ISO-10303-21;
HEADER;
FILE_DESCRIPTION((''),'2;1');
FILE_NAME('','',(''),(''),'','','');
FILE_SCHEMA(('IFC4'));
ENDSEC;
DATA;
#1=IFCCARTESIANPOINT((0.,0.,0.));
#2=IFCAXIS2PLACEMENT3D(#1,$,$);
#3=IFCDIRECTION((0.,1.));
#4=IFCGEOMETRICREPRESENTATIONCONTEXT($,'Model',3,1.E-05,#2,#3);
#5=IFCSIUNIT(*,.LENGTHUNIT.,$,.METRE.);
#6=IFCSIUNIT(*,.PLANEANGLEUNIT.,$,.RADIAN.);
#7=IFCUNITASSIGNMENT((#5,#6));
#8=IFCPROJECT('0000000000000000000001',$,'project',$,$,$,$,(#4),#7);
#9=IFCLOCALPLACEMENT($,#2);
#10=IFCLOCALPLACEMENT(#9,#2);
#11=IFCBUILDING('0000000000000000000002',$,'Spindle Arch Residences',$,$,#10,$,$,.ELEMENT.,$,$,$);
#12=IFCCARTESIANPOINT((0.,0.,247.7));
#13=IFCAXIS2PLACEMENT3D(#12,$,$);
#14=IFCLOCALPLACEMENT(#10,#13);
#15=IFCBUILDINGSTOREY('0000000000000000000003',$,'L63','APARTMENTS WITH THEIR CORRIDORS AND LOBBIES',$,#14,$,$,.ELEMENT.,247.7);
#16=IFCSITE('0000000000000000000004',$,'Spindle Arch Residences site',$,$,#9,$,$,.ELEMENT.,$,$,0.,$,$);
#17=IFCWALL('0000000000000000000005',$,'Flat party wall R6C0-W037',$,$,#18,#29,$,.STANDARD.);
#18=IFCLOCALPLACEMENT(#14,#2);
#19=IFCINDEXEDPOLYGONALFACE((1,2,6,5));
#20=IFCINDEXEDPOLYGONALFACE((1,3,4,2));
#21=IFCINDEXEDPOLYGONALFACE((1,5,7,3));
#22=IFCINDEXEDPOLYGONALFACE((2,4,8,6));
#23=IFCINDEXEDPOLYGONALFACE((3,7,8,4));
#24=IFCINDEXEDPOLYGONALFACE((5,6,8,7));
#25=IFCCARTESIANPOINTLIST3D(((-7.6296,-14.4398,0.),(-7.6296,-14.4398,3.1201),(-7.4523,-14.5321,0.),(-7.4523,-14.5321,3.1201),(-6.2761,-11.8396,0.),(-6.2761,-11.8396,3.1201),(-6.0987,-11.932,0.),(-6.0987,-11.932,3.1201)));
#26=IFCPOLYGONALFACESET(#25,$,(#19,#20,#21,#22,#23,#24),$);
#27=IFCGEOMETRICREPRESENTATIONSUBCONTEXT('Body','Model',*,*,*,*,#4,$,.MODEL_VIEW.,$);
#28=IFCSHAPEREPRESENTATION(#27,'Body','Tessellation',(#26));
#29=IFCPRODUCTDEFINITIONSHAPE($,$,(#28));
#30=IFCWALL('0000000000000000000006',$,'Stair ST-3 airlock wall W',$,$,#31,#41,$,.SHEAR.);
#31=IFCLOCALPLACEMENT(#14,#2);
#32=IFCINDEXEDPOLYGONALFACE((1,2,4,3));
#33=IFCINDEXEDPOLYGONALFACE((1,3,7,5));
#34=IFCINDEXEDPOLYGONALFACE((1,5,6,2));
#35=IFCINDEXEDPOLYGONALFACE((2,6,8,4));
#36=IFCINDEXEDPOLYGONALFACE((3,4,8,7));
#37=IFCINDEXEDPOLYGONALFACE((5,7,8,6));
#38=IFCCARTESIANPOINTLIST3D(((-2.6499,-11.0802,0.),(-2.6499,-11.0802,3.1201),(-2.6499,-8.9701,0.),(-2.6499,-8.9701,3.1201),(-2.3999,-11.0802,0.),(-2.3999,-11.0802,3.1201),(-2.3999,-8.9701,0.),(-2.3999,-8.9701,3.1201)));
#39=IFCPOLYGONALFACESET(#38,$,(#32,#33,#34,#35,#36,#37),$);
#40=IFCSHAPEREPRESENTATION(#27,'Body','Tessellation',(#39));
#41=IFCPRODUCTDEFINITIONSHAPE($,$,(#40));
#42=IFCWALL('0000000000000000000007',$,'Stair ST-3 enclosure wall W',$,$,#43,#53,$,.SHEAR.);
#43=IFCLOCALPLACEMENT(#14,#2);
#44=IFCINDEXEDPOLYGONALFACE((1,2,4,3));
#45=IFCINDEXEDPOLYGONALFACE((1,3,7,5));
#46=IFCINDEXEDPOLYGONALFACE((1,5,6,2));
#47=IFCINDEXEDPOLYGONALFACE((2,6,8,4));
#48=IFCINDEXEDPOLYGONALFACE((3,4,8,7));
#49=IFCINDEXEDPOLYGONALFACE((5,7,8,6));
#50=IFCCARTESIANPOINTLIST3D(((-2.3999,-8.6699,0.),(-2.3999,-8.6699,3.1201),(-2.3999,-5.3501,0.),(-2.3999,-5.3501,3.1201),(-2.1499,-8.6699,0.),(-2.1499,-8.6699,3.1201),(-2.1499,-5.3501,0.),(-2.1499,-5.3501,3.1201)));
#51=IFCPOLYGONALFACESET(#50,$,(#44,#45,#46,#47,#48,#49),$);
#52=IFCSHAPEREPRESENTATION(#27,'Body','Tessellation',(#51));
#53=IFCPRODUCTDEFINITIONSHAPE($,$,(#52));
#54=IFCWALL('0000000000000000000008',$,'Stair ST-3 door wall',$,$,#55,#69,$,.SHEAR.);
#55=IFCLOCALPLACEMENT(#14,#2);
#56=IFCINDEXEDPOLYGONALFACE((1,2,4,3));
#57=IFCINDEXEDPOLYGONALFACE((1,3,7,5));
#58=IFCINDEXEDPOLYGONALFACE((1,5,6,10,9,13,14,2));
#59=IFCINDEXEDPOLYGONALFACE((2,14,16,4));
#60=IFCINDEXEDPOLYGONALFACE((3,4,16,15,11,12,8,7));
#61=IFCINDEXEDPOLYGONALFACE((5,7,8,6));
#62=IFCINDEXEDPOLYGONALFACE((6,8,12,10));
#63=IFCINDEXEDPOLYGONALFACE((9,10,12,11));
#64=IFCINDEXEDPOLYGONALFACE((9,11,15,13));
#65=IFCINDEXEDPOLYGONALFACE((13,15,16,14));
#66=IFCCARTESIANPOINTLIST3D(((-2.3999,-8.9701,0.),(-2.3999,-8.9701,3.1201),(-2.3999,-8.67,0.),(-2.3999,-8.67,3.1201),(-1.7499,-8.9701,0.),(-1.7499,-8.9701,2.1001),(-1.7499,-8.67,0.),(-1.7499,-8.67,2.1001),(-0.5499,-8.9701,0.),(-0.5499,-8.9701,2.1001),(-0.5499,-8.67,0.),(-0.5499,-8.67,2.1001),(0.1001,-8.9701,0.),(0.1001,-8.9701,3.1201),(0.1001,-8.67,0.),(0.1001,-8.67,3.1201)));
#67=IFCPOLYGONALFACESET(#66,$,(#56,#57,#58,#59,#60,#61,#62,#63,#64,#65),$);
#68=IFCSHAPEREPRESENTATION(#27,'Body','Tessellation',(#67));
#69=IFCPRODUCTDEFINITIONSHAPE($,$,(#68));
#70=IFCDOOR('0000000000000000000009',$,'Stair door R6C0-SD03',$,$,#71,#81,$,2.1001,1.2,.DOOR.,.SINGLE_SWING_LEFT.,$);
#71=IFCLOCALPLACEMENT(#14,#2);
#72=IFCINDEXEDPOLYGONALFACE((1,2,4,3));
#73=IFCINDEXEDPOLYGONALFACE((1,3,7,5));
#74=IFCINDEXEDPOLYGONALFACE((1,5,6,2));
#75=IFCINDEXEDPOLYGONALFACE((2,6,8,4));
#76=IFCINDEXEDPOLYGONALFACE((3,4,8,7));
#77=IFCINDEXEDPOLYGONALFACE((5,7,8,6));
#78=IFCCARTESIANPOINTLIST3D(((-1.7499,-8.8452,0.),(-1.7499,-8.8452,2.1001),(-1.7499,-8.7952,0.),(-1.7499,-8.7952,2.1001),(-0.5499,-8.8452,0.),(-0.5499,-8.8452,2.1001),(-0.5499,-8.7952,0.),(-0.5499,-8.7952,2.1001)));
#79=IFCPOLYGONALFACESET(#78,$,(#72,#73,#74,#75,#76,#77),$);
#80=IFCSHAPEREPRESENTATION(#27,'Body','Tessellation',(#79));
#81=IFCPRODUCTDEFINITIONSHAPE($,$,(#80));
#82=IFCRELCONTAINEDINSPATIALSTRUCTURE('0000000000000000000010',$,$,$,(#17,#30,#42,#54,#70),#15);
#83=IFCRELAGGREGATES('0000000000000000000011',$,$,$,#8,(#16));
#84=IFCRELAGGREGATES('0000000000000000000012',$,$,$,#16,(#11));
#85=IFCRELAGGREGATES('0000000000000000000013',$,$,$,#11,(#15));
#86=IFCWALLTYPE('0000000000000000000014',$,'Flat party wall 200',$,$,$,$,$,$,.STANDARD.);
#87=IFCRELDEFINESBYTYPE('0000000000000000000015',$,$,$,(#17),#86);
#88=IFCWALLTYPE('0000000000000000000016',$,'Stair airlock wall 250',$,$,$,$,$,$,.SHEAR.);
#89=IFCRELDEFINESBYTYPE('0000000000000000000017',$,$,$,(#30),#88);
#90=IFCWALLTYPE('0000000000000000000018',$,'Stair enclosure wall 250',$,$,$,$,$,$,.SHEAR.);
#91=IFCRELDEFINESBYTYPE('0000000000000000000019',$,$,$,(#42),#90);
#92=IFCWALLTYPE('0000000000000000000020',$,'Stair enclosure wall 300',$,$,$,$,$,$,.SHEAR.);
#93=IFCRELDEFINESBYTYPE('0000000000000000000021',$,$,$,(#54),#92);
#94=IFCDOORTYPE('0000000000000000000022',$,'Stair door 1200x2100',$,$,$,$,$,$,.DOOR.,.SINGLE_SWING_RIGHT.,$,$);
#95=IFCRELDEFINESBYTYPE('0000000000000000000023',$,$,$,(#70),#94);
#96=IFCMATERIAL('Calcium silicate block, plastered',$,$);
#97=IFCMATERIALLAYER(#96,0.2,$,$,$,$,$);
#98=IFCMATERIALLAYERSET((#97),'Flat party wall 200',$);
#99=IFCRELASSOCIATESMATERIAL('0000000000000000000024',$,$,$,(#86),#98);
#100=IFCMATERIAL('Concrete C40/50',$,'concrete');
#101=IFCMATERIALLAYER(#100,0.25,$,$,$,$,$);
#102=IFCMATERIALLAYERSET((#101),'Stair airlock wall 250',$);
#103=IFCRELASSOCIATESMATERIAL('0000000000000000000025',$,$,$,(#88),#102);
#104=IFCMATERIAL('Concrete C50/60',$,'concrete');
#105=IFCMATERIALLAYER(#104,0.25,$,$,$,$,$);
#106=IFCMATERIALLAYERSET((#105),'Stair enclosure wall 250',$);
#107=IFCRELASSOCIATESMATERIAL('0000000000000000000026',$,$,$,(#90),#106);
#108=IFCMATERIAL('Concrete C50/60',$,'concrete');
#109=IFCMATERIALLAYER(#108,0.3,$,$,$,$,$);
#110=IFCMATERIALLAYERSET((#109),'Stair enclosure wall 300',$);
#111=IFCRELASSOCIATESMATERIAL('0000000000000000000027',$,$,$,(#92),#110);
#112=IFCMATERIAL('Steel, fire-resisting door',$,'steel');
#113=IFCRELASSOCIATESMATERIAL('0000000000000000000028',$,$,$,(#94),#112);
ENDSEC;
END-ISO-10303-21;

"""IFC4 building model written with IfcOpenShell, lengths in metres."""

from ifc_helpers import new_model, si_unit, direction, frame, frame_2d, origin, place, context, subcontext, project, spatial, rectangle, extrude, material, layer, layer_set, type_object, element, fill, save


model = new_model("IFC4")

# Units and contexts
model_context = context("Model", 3, precision=1e-05, world=origin(), true_north=direction((0.0, 1.0)))
body_context = subcontext(model_context, "Body", "Model", "MODEL_VIEW")
ifc_project = project(units=[si_unit("LENGTHUNIT", "METRE"), si_unit("PLANEANGLEUNIT", "RADIAN")], contexts=[model_context])

# Site, building, storey
site_placement = place(None, origin())
site = spatial("IfcSite", under=ifc_project, at=site_placement, Name="Spindle Arch Residences site", CompositionType="ELEMENT", RefElevation=0.0)
building_placement = place(site_placement, origin())
building = spatial("IfcBuilding", under=site, at=building_placement, Name="Spindle Arch Residences", CompositionType="ELEMENT")
storey_placement = place(building_placement, frame((0.0, 0.0, 247.7)))
storey = spatial("IfcBuildingStorey", under=building, at=storey_placement, Name="L63", Description="APARTMENTS WITH THEIR CORRIDORS AND LOBBIES", CompositionType="ELEMENT", Elevation=247.7)

# Walls
ifc_material_1 = material(Name="Calcium silicate block, plastered")
ifc_layer_1 = layer(ifc_material_1, 0.2)
ifc_layer_set_1 = layer_set([ifc_layer_1], Name="Flat party wall 200")
wall_type_1 = type_object("IfcWallType", Name="Flat party wall 200", PredefinedType="STANDARD", material=ifc_layer_set_1)
wall_1_placement = place(storey_placement, frame((-7.541, -14.4861, 0.0), z_axis=(0.0, 0.0, 1.0), x_axis=(0.461746, 0.887012, 0.0)))
element("IfcWall", 1, at=wall_1_placement, inside=storey, type_object=wall_type_1, Name="Flat party wall R6C0-W037", PredefinedType="STANDARD", context=body_context, shape_type="SweptSolid", body=[
    extrude(rectangle(XDim=2.9314, YDim=0.2, at=frame_2d((1.4658, 0.0))), origin(), (0.0, 0.0, 1.0), 3.1201),
])
ifc_material_2 = material(Name="Concrete C40/50", Category="concrete")
ifc_layer_2 = layer(ifc_material_2, 0.25)
ifc_layer_set_2 = layer_set([ifc_layer_2], Name="Stair airlock wall 250")
wall_type_2 = type_object("IfcWallType", Name="Stair airlock wall 250", PredefinedType="SHEAR", material=ifc_layer_set_2)
wall_2_placement = place(storey_placement, frame((-2.5249, -8.97, 0.0), z_axis=(0.0, 0.0, 1.0), x_axis=(0.0, -1.0, 0.0)))
element("IfcWall", 2, at=wall_2_placement, inside=storey, type_object=wall_type_2, Name="Stair ST-3 airlock wall W", PredefinedType="SHEAR", context=body_context, shape_type="SweptSolid", body=[
    extrude(rectangle(XDim=2.1101, YDim=0.25, at=frame_2d((1.0552, 0.0))), origin(), (0.0, 0.0, 1.0), 3.1201),
])
ifc_material_3 = material(Name="Concrete C50/60", Category="concrete")
ifc_layer_3 = layer(ifc_material_3, 0.25)
ifc_layer_set_3 = layer_set([ifc_layer_3], Name="Stair enclosure wall 250")
wall_type_3 = type_object("IfcWallType", Name="Stair enclosure wall 250", PredefinedType="SHEAR", material=ifc_layer_set_3)
wall_3_placement = place(storey_placement, frame((-2.2749, -8.6699, 0.0), z_axis=(0.0, 0.0, 1.0), x_axis=(0.0, 1.0, 0.0)))
element("IfcWall", 3, at=wall_3_placement, inside=storey, type_object=wall_type_3, Name="Stair ST-3 enclosure wall W", PredefinedType="SHEAR", context=body_context, shape_type="SweptSolid", body=[
    extrude(rectangle(XDim=3.3198, YDim=0.25, at=frame_2d((1.6599, 0.0))), origin(), (0.0, 0.0, 1.0), 3.1201),
])

# Wall, opening, door
ifc_material_4 = material(Name="Concrete C50/60", Category="concrete")
ifc_layer_4 = layer(ifc_material_4, 0.3)
ifc_layer_set_4 = layer_set([ifc_layer_4], Name="Stair enclosure wall 300")
wall_type_4 = type_object("IfcWallType", Name="Stair enclosure wall 300", PredefinedType="SHEAR", material=ifc_layer_set_4)
wall_4_placement = place(storey_placement, frame((-2.3999, -8.8201, 0.0), z_axis=(0.0, 0.0, 1.0), x_axis=(1.0, 0.0, 0.0)))
wall_4 = element("IfcWall", 4, at=wall_4_placement, inside=storey, type_object=wall_type_4, Name="Stair ST-3 door wall", PredefinedType="SHEAR", context=body_context, shape_type="SweptSolid", body=[
    extrude(rectangle(XDim=2.5, YDim=0.3, at=frame_2d((1.25, 0.0))), origin(), (0.0, 0.0, 1.0), 3.1201),
])
opening_1_placement = place(wall_4_placement, frame((0.6499, 0.0, 0.0)))
opening_1 = element("IfcOpeningElement", 5, at=opening_1_placement, cuts=wall_4, PredefinedType="OPENING", context=body_context, shape_type="SweptSolid", body=[
    extrude(rectangle(XDim=1.2, YDim=2.1001, at=frame_2d((0.6001, 1.05))), frame((0.0, 0.1602, 0.0), z_axis=(0.0, -1.0, 0.0), x_axis=(1.0, 0.0, 0.0)), (0.0, 0.0, 1.0), 0.3201),
])
ifc_material_5 = material(Name="Steel, fire-resisting door", Category="steel")
door_type_1 = type_object("IfcDoorType", Name="Stair door 1200x2100", OperationType="SINGLE_SWING_RIGHT", PredefinedType="DOOR", material=ifc_material_5)
door_1_placement = place(opening_1_placement, origin())
door_1 = element("IfcDoor", 6, at=door_1_placement, inside=storey, type_object=door_type_1, Name="Stair door R6C0-SD03", OperationType="SINGLE_SWING_LEFT", OverallHeight=2.1001, OverallWidth=1.2, PredefinedType="DOOR", context=body_context, shape_type="SweptSolid", body=[
    extrude(rectangle(XDim=1.2, YDim=2.1001, at=frame_2d((0.6001, 1.05))), frame((0.0, 0.0249, 0.0), z_axis=(0.0, -1.0, 0.0), x_axis=(1.0, 0.0, 0.0)), (0.0, 0.0, 1.0), 0.05),
])
fill(opening_1, door_1)

save(model, "model.ifc")
